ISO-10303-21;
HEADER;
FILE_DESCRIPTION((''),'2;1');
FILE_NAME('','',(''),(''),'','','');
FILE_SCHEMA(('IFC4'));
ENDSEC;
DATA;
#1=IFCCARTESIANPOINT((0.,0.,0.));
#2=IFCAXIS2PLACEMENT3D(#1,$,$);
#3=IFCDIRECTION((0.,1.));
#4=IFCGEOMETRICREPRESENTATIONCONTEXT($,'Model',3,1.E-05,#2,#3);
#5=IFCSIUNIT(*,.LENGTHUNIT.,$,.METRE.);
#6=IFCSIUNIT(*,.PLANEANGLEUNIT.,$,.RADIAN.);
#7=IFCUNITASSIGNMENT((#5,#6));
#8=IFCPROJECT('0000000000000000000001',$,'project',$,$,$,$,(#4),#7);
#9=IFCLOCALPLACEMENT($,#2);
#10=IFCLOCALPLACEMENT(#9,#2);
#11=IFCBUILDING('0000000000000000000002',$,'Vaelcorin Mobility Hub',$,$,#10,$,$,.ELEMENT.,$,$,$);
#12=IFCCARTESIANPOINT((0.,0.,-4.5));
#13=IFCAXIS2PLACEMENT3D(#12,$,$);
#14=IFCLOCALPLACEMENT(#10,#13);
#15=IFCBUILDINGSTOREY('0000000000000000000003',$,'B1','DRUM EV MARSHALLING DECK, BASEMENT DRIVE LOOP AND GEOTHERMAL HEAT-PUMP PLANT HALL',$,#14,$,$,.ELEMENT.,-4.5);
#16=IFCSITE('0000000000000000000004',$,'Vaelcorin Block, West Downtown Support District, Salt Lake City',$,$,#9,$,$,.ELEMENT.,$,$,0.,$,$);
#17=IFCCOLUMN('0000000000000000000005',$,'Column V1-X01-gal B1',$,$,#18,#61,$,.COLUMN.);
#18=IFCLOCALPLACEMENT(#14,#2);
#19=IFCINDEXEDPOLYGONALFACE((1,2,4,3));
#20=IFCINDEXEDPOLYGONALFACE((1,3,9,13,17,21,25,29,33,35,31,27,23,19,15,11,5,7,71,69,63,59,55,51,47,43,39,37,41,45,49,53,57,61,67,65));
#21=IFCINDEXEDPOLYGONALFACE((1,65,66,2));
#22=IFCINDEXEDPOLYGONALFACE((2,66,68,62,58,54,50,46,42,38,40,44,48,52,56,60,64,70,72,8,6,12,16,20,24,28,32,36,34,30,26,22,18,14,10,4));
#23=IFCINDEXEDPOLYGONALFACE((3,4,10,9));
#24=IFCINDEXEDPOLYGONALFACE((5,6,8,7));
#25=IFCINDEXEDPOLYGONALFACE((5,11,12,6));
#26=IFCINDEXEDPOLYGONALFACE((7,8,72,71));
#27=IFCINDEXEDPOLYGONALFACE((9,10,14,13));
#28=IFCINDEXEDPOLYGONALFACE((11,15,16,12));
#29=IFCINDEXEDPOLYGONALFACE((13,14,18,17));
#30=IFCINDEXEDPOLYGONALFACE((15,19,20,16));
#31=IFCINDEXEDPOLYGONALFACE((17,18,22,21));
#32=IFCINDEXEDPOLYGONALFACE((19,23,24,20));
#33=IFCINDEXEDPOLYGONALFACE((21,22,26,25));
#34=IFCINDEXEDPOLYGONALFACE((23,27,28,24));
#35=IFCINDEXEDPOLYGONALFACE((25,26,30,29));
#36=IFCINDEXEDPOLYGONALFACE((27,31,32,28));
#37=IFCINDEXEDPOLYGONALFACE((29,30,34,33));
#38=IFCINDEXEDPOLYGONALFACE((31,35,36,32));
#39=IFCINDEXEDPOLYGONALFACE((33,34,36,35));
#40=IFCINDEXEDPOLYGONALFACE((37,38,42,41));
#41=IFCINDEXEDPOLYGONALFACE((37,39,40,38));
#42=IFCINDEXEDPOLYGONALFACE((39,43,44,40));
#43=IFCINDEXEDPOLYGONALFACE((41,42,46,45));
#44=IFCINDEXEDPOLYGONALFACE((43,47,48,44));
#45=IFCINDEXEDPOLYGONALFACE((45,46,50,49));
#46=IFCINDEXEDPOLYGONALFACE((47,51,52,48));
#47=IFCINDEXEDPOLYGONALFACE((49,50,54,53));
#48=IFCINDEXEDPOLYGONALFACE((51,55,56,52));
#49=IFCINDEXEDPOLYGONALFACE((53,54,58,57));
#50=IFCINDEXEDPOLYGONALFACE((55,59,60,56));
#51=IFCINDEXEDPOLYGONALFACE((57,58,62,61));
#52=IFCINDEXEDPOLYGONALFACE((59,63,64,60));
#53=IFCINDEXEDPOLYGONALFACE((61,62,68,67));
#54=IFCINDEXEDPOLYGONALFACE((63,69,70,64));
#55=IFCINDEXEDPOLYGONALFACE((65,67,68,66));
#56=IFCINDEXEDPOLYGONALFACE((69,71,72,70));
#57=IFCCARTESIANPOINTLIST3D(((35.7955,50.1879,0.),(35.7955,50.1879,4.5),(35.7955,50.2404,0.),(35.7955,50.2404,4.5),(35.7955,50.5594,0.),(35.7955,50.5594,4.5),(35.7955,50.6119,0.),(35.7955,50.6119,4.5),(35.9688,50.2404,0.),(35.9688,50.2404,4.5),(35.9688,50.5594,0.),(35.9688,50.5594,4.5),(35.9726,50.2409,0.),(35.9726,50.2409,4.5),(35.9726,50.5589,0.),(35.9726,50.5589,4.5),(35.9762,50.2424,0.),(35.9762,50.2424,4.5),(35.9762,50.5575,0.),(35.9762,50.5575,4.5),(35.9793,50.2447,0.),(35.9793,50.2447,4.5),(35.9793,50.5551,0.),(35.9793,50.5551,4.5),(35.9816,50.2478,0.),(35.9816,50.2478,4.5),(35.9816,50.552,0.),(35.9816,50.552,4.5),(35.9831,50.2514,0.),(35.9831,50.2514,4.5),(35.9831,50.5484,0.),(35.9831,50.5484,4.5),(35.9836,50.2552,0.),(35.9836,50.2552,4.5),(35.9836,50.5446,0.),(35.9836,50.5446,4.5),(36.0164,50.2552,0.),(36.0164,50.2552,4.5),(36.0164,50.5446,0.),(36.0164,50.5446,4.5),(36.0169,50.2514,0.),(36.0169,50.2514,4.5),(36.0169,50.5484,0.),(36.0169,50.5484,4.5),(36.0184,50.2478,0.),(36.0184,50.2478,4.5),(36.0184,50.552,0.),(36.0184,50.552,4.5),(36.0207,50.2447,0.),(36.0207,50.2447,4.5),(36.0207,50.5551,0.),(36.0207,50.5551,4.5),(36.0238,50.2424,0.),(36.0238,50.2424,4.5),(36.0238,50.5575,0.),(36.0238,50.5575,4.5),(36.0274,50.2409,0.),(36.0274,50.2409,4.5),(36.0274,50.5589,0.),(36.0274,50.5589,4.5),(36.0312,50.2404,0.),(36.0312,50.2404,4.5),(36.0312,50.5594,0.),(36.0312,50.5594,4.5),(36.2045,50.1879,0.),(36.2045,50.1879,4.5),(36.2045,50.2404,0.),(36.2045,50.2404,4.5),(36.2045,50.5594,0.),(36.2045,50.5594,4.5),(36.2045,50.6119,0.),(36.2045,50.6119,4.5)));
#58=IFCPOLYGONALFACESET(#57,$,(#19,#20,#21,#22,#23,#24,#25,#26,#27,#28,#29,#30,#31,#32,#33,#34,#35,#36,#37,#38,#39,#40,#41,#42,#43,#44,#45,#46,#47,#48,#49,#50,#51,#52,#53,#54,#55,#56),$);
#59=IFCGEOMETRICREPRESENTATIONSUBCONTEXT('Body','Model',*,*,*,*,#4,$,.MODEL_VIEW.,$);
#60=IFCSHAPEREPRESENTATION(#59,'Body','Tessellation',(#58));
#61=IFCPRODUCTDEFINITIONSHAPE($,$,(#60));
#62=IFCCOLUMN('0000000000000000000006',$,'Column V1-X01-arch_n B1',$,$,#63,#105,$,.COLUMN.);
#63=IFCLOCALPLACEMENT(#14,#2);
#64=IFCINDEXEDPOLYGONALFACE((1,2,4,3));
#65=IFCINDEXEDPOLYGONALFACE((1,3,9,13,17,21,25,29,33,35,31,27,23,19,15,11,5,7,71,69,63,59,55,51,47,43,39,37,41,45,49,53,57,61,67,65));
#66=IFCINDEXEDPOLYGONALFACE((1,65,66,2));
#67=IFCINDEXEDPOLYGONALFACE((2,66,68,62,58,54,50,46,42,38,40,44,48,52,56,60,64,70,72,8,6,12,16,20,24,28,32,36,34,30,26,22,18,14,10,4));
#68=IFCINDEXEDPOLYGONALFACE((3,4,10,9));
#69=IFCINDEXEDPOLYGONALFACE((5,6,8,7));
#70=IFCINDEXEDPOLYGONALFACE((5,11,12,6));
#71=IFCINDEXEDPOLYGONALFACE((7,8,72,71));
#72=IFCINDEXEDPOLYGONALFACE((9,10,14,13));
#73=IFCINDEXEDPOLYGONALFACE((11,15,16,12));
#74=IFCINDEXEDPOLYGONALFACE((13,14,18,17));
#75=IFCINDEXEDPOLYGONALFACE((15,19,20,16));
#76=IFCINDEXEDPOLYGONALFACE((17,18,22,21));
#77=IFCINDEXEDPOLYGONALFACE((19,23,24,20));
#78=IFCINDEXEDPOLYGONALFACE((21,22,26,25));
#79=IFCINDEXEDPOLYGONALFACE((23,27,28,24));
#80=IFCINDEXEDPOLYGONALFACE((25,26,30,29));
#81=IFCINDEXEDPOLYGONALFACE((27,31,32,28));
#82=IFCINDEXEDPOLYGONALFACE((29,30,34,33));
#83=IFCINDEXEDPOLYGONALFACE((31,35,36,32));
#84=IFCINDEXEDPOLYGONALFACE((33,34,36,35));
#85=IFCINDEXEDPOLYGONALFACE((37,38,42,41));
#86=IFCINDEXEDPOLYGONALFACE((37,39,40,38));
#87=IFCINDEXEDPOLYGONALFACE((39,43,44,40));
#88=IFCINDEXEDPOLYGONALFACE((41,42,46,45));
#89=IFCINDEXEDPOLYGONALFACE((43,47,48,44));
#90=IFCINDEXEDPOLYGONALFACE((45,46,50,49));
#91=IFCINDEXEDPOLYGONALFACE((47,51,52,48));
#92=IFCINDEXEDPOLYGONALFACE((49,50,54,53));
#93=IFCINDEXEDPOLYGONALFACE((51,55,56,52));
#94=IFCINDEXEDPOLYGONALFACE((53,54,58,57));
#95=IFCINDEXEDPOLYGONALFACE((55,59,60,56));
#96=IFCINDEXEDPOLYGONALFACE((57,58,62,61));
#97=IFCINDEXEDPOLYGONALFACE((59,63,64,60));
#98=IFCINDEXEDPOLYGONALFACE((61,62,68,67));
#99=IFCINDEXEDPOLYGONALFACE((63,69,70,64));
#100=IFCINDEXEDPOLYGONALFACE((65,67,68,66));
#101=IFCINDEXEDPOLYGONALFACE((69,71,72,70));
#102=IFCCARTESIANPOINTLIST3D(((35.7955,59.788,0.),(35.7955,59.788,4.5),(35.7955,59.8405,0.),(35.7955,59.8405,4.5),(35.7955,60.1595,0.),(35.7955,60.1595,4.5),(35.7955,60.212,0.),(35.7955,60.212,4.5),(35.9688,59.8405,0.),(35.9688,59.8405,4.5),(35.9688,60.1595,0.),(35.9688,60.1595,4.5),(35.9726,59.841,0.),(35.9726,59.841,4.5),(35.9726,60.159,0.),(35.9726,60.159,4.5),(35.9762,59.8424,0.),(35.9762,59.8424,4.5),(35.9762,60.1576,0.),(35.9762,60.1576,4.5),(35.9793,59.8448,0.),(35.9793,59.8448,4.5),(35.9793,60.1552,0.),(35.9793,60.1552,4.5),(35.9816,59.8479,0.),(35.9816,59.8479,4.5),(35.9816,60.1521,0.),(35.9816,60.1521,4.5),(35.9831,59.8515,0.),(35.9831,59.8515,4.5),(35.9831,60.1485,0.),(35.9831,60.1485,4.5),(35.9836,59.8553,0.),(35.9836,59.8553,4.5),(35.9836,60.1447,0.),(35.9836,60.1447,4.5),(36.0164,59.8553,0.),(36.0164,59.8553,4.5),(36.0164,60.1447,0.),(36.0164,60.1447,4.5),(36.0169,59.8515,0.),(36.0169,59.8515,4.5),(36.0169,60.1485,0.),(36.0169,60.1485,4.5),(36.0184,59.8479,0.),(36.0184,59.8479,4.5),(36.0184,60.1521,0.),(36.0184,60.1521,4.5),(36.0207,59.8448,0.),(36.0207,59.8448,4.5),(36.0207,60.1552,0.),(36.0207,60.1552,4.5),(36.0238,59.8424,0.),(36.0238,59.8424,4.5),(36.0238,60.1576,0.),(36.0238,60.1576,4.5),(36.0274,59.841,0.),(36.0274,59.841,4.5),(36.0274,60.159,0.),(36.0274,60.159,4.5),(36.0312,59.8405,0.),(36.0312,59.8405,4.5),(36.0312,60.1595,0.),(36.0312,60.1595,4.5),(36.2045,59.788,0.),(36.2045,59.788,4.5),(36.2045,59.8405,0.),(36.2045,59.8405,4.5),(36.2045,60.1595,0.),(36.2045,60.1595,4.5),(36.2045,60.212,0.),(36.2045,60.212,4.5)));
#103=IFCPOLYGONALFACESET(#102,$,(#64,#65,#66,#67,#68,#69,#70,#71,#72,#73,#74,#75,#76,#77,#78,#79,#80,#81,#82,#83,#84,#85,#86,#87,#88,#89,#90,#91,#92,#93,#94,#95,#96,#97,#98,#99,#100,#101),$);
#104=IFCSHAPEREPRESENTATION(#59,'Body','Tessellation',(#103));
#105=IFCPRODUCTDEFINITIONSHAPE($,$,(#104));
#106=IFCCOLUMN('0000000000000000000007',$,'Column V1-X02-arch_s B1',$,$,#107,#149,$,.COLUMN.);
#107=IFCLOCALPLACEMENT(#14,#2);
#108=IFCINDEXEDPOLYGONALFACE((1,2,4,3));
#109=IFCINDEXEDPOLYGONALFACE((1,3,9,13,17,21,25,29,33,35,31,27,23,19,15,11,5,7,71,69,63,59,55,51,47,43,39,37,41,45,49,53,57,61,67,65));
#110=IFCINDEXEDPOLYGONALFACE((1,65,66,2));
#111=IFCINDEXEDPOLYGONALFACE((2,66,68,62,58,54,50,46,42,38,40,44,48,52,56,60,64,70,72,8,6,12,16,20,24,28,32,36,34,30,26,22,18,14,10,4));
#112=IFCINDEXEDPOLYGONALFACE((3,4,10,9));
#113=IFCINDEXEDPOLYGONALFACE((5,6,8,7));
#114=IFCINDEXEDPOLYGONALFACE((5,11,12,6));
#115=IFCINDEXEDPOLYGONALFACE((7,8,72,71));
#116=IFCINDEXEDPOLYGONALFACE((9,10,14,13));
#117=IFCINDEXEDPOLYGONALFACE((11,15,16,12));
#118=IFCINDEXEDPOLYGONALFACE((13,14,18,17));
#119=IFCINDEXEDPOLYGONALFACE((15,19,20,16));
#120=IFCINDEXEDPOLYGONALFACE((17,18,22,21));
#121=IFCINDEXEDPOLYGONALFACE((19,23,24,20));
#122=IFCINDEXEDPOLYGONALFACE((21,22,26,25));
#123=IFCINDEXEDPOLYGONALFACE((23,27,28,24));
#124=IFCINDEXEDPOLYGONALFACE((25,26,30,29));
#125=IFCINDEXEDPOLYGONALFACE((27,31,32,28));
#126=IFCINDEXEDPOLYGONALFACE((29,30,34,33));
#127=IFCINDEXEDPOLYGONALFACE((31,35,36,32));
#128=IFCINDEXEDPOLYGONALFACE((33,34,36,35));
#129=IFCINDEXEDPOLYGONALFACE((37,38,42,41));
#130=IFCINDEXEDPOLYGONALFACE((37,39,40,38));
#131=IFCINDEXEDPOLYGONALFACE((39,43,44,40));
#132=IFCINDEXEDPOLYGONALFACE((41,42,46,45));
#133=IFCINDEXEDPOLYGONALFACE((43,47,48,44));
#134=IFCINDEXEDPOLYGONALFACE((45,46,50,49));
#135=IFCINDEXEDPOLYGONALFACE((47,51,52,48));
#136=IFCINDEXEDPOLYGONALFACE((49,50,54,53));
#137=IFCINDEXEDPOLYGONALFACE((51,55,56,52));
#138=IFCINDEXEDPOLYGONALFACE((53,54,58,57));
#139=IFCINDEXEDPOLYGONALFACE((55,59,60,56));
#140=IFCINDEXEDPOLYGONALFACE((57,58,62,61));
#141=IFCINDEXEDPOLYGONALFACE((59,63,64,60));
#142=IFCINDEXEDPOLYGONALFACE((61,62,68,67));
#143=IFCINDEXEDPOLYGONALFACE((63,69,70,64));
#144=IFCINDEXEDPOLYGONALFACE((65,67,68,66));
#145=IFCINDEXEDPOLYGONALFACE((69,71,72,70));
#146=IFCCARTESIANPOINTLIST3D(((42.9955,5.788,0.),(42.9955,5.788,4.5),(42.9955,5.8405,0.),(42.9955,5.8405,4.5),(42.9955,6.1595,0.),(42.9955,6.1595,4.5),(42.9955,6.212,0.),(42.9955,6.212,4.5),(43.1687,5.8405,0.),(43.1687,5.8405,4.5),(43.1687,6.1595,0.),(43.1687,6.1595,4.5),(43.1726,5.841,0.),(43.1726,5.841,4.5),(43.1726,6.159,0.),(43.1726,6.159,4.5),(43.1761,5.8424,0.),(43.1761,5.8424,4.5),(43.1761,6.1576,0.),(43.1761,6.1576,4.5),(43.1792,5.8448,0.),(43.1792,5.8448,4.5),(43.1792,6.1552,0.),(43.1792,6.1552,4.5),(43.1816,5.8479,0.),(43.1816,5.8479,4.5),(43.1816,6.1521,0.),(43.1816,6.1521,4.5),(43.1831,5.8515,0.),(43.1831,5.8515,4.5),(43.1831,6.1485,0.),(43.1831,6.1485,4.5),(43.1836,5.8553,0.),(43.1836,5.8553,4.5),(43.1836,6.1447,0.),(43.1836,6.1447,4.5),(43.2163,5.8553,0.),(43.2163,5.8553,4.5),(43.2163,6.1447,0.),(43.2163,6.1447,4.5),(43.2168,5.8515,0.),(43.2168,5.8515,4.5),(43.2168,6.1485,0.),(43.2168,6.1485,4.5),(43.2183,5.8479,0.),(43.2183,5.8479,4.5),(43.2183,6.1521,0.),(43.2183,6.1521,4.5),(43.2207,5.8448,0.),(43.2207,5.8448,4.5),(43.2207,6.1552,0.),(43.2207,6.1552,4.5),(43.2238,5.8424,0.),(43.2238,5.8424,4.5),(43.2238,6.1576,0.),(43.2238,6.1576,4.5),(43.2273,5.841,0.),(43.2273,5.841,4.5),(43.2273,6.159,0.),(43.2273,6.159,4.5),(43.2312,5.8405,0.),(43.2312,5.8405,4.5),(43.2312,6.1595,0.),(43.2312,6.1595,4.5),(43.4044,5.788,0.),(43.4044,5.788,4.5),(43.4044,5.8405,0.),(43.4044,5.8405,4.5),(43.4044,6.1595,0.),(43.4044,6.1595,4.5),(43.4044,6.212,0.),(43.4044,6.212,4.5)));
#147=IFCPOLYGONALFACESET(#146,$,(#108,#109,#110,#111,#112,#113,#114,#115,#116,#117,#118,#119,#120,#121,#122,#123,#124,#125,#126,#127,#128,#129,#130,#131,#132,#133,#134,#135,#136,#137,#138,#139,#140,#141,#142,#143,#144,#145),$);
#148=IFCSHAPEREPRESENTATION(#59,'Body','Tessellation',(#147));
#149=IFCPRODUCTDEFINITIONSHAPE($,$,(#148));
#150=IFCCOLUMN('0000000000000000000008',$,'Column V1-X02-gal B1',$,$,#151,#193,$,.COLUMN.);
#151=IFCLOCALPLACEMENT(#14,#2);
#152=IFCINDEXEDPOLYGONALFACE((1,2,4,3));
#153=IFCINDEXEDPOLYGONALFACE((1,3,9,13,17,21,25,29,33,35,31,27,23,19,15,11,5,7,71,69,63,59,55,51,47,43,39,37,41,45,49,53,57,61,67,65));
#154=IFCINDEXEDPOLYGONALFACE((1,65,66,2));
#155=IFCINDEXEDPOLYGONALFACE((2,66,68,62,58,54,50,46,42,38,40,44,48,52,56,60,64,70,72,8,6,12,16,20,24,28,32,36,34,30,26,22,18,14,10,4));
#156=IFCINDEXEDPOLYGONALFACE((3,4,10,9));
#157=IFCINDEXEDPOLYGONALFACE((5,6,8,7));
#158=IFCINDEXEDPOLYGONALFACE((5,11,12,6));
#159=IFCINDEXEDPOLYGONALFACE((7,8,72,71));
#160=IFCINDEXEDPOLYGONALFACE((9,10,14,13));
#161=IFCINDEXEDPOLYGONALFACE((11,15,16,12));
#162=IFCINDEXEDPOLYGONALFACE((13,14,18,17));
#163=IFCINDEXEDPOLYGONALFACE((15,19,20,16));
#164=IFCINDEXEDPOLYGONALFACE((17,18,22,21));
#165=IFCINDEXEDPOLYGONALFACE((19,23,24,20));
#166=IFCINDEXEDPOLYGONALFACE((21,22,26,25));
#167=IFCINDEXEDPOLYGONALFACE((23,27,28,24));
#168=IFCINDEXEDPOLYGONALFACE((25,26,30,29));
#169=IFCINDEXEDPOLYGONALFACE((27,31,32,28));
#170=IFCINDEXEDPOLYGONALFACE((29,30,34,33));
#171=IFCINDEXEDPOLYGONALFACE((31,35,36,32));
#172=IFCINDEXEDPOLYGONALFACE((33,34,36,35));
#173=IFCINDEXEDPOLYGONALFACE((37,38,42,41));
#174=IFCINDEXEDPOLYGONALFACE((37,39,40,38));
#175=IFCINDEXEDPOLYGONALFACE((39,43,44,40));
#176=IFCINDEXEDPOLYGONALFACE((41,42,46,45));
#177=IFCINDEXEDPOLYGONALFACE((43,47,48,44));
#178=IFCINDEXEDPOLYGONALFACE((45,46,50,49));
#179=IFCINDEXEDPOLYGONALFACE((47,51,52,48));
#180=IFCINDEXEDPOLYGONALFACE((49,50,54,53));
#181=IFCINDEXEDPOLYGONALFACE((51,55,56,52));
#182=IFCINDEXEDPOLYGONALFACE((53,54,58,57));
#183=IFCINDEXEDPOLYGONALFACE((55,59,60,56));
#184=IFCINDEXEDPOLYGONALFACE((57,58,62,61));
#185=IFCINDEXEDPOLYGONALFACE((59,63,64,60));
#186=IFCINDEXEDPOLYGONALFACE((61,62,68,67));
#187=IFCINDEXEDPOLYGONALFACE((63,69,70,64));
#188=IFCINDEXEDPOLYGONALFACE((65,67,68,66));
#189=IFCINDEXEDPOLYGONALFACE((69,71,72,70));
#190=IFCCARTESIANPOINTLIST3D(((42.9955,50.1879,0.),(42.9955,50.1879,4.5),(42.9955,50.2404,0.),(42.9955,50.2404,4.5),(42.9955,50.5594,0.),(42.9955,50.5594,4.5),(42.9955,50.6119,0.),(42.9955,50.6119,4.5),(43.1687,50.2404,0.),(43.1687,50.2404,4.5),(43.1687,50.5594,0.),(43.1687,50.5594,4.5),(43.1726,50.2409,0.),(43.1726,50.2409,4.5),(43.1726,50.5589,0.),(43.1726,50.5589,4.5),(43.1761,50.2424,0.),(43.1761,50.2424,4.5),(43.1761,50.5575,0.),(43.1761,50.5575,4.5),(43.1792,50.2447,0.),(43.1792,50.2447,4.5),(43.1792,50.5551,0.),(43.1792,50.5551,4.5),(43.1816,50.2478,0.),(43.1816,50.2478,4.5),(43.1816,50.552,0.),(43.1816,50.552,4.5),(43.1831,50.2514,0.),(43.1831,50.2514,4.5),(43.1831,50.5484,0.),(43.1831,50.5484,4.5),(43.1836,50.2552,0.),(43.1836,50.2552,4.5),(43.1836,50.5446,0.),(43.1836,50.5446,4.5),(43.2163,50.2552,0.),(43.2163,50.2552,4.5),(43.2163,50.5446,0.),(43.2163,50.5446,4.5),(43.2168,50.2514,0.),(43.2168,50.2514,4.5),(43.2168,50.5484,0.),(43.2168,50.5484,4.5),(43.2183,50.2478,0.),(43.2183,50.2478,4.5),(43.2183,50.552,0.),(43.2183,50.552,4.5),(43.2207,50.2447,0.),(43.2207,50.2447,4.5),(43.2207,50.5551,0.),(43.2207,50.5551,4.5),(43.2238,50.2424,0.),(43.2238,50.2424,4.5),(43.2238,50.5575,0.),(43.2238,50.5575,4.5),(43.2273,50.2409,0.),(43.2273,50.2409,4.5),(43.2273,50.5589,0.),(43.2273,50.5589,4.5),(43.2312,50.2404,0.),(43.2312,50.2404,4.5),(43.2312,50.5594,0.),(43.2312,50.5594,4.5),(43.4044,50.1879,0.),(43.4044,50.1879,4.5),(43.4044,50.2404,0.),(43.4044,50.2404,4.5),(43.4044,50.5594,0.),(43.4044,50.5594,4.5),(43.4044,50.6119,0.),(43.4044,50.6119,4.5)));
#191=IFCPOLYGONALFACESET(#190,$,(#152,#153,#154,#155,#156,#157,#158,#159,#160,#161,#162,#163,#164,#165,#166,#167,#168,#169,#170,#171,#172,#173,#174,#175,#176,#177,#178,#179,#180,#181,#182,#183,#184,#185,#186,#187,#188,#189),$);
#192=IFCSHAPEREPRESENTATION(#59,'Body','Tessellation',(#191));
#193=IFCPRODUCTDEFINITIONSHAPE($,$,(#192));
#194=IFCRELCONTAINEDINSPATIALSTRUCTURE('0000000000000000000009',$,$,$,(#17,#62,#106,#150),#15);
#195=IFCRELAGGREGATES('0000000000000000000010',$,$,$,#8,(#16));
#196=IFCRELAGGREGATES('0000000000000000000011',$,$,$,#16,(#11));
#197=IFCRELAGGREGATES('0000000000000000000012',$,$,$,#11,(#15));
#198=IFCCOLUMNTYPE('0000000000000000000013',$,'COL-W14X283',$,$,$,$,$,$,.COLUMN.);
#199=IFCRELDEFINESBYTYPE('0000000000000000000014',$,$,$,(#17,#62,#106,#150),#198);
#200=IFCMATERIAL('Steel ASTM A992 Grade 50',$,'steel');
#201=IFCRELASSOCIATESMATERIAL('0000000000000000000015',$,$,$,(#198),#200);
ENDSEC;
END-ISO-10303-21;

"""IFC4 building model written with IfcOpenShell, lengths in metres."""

from ifc_helpers import new_model, si_unit, direction, frame, origin, origin_2d, place, context, subcontext, project, spatial, i_section, extrude, material, material_profile, profile_set, type_object, element, save


model = new_model("IFC4")

# Units and contexts
model_context = context("Model", 3, precision=1e-05, world=origin(), true_north=direction((0.0, 1.0)))
body_context = subcontext(model_context, "Body", "Model", "MODEL_VIEW")
ifc_project = project(units=[si_unit("LENGTHUNIT", "METRE"), si_unit("PLANEANGLEUNIT", "RADIAN")], contexts=[model_context])

# Site, building, storey
site_placement = place(None, origin())
site = spatial("IfcSite", under=ifc_project, at=site_placement, Name="Vaelcorin Block, West Downtown Support District, Salt Lake City", CompositionType="ELEMENT", RefElevation=0.0)
building_placement = place(site_placement, origin())
building = spatial("IfcBuilding", under=site, at=building_placement, Name="Vaelcorin Mobility Hub", CompositionType="ELEMENT")
storey_placement = place(building_placement, frame((0.0, 0.0, -4.5)))
storey = spatial("IfcBuildingStorey", under=building, at=storey_placement, Name="B1", Description="DRUM EV MARSHALLING DECK, BASEMENT DRIVE LOOP AND GEOTHERMAL HEAT-PUMP PLANT HALL", CompositionType="ELEMENT", Elevation=-4.5)

# Columns
ifc_material_1 = material(Name="Steel ASTM A992 Grade 50", Category="steel")
ifc_material_profile_1 = material_profile(ifc_material_1, i_section(OverallWidth=0.4089, OverallDepth=0.4241, WebThickness=0.0327, FlangeThickness=0.0525, FilletRadius=0.0149, at=origin_2d()), Name="W14X283")
ifc_profile_set_1 = profile_set([ifc_material_profile_1], Name="Steel ASTM A992 Grade 50")
column_type = type_object("IfcColumnType", Name="COL-W14X283", PredefinedType="COLUMN", material=ifc_profile_set_1)
for number, where, z_axis, x_axis, name in (
    (1, (36.0, 50.3999, 0.0), (0.0, 0.0, 1.0), (1.0, 0.0, 0.0), "Column V1-X01-gal B1"),
    (2, (36.0, 60.0, 0.0), (0.0, 0.0, 1.0), (1.0, 0.0, 0.0), "Column V1-X01-arch_n B1"),
    (3, (43.2, 6.0, 0.0), (0.0, 0.0, 1.0), (1.0, 0.0, 0.0), "Column V1-X02-arch_s B1"),
    (4, (43.2, 50.3999, 0.0), (0.0, 0.0, 1.0), (1.0, 0.0, 0.0), "Column V1-X02-gal B1"),
):
    element("IfcColumn", number, at=place(storey_placement, frame(where, z_axis=z_axis, x_axis=x_axis)), inside=storey, type_object=column_type, Name=name, PredefinedType="COLUMN", context=body_context, shape_type="SweptSolid", body=[
        extrude(i_section(OverallWidth=0.4089, OverallDepth=0.4241, WebThickness=0.0327, FlangeThickness=0.0525, FilletRadius=0.0149, at=origin_2d()), origin(), (0.0, 0.0, 1.0), 4.5),
    ])

save(model, "model.ifc")
